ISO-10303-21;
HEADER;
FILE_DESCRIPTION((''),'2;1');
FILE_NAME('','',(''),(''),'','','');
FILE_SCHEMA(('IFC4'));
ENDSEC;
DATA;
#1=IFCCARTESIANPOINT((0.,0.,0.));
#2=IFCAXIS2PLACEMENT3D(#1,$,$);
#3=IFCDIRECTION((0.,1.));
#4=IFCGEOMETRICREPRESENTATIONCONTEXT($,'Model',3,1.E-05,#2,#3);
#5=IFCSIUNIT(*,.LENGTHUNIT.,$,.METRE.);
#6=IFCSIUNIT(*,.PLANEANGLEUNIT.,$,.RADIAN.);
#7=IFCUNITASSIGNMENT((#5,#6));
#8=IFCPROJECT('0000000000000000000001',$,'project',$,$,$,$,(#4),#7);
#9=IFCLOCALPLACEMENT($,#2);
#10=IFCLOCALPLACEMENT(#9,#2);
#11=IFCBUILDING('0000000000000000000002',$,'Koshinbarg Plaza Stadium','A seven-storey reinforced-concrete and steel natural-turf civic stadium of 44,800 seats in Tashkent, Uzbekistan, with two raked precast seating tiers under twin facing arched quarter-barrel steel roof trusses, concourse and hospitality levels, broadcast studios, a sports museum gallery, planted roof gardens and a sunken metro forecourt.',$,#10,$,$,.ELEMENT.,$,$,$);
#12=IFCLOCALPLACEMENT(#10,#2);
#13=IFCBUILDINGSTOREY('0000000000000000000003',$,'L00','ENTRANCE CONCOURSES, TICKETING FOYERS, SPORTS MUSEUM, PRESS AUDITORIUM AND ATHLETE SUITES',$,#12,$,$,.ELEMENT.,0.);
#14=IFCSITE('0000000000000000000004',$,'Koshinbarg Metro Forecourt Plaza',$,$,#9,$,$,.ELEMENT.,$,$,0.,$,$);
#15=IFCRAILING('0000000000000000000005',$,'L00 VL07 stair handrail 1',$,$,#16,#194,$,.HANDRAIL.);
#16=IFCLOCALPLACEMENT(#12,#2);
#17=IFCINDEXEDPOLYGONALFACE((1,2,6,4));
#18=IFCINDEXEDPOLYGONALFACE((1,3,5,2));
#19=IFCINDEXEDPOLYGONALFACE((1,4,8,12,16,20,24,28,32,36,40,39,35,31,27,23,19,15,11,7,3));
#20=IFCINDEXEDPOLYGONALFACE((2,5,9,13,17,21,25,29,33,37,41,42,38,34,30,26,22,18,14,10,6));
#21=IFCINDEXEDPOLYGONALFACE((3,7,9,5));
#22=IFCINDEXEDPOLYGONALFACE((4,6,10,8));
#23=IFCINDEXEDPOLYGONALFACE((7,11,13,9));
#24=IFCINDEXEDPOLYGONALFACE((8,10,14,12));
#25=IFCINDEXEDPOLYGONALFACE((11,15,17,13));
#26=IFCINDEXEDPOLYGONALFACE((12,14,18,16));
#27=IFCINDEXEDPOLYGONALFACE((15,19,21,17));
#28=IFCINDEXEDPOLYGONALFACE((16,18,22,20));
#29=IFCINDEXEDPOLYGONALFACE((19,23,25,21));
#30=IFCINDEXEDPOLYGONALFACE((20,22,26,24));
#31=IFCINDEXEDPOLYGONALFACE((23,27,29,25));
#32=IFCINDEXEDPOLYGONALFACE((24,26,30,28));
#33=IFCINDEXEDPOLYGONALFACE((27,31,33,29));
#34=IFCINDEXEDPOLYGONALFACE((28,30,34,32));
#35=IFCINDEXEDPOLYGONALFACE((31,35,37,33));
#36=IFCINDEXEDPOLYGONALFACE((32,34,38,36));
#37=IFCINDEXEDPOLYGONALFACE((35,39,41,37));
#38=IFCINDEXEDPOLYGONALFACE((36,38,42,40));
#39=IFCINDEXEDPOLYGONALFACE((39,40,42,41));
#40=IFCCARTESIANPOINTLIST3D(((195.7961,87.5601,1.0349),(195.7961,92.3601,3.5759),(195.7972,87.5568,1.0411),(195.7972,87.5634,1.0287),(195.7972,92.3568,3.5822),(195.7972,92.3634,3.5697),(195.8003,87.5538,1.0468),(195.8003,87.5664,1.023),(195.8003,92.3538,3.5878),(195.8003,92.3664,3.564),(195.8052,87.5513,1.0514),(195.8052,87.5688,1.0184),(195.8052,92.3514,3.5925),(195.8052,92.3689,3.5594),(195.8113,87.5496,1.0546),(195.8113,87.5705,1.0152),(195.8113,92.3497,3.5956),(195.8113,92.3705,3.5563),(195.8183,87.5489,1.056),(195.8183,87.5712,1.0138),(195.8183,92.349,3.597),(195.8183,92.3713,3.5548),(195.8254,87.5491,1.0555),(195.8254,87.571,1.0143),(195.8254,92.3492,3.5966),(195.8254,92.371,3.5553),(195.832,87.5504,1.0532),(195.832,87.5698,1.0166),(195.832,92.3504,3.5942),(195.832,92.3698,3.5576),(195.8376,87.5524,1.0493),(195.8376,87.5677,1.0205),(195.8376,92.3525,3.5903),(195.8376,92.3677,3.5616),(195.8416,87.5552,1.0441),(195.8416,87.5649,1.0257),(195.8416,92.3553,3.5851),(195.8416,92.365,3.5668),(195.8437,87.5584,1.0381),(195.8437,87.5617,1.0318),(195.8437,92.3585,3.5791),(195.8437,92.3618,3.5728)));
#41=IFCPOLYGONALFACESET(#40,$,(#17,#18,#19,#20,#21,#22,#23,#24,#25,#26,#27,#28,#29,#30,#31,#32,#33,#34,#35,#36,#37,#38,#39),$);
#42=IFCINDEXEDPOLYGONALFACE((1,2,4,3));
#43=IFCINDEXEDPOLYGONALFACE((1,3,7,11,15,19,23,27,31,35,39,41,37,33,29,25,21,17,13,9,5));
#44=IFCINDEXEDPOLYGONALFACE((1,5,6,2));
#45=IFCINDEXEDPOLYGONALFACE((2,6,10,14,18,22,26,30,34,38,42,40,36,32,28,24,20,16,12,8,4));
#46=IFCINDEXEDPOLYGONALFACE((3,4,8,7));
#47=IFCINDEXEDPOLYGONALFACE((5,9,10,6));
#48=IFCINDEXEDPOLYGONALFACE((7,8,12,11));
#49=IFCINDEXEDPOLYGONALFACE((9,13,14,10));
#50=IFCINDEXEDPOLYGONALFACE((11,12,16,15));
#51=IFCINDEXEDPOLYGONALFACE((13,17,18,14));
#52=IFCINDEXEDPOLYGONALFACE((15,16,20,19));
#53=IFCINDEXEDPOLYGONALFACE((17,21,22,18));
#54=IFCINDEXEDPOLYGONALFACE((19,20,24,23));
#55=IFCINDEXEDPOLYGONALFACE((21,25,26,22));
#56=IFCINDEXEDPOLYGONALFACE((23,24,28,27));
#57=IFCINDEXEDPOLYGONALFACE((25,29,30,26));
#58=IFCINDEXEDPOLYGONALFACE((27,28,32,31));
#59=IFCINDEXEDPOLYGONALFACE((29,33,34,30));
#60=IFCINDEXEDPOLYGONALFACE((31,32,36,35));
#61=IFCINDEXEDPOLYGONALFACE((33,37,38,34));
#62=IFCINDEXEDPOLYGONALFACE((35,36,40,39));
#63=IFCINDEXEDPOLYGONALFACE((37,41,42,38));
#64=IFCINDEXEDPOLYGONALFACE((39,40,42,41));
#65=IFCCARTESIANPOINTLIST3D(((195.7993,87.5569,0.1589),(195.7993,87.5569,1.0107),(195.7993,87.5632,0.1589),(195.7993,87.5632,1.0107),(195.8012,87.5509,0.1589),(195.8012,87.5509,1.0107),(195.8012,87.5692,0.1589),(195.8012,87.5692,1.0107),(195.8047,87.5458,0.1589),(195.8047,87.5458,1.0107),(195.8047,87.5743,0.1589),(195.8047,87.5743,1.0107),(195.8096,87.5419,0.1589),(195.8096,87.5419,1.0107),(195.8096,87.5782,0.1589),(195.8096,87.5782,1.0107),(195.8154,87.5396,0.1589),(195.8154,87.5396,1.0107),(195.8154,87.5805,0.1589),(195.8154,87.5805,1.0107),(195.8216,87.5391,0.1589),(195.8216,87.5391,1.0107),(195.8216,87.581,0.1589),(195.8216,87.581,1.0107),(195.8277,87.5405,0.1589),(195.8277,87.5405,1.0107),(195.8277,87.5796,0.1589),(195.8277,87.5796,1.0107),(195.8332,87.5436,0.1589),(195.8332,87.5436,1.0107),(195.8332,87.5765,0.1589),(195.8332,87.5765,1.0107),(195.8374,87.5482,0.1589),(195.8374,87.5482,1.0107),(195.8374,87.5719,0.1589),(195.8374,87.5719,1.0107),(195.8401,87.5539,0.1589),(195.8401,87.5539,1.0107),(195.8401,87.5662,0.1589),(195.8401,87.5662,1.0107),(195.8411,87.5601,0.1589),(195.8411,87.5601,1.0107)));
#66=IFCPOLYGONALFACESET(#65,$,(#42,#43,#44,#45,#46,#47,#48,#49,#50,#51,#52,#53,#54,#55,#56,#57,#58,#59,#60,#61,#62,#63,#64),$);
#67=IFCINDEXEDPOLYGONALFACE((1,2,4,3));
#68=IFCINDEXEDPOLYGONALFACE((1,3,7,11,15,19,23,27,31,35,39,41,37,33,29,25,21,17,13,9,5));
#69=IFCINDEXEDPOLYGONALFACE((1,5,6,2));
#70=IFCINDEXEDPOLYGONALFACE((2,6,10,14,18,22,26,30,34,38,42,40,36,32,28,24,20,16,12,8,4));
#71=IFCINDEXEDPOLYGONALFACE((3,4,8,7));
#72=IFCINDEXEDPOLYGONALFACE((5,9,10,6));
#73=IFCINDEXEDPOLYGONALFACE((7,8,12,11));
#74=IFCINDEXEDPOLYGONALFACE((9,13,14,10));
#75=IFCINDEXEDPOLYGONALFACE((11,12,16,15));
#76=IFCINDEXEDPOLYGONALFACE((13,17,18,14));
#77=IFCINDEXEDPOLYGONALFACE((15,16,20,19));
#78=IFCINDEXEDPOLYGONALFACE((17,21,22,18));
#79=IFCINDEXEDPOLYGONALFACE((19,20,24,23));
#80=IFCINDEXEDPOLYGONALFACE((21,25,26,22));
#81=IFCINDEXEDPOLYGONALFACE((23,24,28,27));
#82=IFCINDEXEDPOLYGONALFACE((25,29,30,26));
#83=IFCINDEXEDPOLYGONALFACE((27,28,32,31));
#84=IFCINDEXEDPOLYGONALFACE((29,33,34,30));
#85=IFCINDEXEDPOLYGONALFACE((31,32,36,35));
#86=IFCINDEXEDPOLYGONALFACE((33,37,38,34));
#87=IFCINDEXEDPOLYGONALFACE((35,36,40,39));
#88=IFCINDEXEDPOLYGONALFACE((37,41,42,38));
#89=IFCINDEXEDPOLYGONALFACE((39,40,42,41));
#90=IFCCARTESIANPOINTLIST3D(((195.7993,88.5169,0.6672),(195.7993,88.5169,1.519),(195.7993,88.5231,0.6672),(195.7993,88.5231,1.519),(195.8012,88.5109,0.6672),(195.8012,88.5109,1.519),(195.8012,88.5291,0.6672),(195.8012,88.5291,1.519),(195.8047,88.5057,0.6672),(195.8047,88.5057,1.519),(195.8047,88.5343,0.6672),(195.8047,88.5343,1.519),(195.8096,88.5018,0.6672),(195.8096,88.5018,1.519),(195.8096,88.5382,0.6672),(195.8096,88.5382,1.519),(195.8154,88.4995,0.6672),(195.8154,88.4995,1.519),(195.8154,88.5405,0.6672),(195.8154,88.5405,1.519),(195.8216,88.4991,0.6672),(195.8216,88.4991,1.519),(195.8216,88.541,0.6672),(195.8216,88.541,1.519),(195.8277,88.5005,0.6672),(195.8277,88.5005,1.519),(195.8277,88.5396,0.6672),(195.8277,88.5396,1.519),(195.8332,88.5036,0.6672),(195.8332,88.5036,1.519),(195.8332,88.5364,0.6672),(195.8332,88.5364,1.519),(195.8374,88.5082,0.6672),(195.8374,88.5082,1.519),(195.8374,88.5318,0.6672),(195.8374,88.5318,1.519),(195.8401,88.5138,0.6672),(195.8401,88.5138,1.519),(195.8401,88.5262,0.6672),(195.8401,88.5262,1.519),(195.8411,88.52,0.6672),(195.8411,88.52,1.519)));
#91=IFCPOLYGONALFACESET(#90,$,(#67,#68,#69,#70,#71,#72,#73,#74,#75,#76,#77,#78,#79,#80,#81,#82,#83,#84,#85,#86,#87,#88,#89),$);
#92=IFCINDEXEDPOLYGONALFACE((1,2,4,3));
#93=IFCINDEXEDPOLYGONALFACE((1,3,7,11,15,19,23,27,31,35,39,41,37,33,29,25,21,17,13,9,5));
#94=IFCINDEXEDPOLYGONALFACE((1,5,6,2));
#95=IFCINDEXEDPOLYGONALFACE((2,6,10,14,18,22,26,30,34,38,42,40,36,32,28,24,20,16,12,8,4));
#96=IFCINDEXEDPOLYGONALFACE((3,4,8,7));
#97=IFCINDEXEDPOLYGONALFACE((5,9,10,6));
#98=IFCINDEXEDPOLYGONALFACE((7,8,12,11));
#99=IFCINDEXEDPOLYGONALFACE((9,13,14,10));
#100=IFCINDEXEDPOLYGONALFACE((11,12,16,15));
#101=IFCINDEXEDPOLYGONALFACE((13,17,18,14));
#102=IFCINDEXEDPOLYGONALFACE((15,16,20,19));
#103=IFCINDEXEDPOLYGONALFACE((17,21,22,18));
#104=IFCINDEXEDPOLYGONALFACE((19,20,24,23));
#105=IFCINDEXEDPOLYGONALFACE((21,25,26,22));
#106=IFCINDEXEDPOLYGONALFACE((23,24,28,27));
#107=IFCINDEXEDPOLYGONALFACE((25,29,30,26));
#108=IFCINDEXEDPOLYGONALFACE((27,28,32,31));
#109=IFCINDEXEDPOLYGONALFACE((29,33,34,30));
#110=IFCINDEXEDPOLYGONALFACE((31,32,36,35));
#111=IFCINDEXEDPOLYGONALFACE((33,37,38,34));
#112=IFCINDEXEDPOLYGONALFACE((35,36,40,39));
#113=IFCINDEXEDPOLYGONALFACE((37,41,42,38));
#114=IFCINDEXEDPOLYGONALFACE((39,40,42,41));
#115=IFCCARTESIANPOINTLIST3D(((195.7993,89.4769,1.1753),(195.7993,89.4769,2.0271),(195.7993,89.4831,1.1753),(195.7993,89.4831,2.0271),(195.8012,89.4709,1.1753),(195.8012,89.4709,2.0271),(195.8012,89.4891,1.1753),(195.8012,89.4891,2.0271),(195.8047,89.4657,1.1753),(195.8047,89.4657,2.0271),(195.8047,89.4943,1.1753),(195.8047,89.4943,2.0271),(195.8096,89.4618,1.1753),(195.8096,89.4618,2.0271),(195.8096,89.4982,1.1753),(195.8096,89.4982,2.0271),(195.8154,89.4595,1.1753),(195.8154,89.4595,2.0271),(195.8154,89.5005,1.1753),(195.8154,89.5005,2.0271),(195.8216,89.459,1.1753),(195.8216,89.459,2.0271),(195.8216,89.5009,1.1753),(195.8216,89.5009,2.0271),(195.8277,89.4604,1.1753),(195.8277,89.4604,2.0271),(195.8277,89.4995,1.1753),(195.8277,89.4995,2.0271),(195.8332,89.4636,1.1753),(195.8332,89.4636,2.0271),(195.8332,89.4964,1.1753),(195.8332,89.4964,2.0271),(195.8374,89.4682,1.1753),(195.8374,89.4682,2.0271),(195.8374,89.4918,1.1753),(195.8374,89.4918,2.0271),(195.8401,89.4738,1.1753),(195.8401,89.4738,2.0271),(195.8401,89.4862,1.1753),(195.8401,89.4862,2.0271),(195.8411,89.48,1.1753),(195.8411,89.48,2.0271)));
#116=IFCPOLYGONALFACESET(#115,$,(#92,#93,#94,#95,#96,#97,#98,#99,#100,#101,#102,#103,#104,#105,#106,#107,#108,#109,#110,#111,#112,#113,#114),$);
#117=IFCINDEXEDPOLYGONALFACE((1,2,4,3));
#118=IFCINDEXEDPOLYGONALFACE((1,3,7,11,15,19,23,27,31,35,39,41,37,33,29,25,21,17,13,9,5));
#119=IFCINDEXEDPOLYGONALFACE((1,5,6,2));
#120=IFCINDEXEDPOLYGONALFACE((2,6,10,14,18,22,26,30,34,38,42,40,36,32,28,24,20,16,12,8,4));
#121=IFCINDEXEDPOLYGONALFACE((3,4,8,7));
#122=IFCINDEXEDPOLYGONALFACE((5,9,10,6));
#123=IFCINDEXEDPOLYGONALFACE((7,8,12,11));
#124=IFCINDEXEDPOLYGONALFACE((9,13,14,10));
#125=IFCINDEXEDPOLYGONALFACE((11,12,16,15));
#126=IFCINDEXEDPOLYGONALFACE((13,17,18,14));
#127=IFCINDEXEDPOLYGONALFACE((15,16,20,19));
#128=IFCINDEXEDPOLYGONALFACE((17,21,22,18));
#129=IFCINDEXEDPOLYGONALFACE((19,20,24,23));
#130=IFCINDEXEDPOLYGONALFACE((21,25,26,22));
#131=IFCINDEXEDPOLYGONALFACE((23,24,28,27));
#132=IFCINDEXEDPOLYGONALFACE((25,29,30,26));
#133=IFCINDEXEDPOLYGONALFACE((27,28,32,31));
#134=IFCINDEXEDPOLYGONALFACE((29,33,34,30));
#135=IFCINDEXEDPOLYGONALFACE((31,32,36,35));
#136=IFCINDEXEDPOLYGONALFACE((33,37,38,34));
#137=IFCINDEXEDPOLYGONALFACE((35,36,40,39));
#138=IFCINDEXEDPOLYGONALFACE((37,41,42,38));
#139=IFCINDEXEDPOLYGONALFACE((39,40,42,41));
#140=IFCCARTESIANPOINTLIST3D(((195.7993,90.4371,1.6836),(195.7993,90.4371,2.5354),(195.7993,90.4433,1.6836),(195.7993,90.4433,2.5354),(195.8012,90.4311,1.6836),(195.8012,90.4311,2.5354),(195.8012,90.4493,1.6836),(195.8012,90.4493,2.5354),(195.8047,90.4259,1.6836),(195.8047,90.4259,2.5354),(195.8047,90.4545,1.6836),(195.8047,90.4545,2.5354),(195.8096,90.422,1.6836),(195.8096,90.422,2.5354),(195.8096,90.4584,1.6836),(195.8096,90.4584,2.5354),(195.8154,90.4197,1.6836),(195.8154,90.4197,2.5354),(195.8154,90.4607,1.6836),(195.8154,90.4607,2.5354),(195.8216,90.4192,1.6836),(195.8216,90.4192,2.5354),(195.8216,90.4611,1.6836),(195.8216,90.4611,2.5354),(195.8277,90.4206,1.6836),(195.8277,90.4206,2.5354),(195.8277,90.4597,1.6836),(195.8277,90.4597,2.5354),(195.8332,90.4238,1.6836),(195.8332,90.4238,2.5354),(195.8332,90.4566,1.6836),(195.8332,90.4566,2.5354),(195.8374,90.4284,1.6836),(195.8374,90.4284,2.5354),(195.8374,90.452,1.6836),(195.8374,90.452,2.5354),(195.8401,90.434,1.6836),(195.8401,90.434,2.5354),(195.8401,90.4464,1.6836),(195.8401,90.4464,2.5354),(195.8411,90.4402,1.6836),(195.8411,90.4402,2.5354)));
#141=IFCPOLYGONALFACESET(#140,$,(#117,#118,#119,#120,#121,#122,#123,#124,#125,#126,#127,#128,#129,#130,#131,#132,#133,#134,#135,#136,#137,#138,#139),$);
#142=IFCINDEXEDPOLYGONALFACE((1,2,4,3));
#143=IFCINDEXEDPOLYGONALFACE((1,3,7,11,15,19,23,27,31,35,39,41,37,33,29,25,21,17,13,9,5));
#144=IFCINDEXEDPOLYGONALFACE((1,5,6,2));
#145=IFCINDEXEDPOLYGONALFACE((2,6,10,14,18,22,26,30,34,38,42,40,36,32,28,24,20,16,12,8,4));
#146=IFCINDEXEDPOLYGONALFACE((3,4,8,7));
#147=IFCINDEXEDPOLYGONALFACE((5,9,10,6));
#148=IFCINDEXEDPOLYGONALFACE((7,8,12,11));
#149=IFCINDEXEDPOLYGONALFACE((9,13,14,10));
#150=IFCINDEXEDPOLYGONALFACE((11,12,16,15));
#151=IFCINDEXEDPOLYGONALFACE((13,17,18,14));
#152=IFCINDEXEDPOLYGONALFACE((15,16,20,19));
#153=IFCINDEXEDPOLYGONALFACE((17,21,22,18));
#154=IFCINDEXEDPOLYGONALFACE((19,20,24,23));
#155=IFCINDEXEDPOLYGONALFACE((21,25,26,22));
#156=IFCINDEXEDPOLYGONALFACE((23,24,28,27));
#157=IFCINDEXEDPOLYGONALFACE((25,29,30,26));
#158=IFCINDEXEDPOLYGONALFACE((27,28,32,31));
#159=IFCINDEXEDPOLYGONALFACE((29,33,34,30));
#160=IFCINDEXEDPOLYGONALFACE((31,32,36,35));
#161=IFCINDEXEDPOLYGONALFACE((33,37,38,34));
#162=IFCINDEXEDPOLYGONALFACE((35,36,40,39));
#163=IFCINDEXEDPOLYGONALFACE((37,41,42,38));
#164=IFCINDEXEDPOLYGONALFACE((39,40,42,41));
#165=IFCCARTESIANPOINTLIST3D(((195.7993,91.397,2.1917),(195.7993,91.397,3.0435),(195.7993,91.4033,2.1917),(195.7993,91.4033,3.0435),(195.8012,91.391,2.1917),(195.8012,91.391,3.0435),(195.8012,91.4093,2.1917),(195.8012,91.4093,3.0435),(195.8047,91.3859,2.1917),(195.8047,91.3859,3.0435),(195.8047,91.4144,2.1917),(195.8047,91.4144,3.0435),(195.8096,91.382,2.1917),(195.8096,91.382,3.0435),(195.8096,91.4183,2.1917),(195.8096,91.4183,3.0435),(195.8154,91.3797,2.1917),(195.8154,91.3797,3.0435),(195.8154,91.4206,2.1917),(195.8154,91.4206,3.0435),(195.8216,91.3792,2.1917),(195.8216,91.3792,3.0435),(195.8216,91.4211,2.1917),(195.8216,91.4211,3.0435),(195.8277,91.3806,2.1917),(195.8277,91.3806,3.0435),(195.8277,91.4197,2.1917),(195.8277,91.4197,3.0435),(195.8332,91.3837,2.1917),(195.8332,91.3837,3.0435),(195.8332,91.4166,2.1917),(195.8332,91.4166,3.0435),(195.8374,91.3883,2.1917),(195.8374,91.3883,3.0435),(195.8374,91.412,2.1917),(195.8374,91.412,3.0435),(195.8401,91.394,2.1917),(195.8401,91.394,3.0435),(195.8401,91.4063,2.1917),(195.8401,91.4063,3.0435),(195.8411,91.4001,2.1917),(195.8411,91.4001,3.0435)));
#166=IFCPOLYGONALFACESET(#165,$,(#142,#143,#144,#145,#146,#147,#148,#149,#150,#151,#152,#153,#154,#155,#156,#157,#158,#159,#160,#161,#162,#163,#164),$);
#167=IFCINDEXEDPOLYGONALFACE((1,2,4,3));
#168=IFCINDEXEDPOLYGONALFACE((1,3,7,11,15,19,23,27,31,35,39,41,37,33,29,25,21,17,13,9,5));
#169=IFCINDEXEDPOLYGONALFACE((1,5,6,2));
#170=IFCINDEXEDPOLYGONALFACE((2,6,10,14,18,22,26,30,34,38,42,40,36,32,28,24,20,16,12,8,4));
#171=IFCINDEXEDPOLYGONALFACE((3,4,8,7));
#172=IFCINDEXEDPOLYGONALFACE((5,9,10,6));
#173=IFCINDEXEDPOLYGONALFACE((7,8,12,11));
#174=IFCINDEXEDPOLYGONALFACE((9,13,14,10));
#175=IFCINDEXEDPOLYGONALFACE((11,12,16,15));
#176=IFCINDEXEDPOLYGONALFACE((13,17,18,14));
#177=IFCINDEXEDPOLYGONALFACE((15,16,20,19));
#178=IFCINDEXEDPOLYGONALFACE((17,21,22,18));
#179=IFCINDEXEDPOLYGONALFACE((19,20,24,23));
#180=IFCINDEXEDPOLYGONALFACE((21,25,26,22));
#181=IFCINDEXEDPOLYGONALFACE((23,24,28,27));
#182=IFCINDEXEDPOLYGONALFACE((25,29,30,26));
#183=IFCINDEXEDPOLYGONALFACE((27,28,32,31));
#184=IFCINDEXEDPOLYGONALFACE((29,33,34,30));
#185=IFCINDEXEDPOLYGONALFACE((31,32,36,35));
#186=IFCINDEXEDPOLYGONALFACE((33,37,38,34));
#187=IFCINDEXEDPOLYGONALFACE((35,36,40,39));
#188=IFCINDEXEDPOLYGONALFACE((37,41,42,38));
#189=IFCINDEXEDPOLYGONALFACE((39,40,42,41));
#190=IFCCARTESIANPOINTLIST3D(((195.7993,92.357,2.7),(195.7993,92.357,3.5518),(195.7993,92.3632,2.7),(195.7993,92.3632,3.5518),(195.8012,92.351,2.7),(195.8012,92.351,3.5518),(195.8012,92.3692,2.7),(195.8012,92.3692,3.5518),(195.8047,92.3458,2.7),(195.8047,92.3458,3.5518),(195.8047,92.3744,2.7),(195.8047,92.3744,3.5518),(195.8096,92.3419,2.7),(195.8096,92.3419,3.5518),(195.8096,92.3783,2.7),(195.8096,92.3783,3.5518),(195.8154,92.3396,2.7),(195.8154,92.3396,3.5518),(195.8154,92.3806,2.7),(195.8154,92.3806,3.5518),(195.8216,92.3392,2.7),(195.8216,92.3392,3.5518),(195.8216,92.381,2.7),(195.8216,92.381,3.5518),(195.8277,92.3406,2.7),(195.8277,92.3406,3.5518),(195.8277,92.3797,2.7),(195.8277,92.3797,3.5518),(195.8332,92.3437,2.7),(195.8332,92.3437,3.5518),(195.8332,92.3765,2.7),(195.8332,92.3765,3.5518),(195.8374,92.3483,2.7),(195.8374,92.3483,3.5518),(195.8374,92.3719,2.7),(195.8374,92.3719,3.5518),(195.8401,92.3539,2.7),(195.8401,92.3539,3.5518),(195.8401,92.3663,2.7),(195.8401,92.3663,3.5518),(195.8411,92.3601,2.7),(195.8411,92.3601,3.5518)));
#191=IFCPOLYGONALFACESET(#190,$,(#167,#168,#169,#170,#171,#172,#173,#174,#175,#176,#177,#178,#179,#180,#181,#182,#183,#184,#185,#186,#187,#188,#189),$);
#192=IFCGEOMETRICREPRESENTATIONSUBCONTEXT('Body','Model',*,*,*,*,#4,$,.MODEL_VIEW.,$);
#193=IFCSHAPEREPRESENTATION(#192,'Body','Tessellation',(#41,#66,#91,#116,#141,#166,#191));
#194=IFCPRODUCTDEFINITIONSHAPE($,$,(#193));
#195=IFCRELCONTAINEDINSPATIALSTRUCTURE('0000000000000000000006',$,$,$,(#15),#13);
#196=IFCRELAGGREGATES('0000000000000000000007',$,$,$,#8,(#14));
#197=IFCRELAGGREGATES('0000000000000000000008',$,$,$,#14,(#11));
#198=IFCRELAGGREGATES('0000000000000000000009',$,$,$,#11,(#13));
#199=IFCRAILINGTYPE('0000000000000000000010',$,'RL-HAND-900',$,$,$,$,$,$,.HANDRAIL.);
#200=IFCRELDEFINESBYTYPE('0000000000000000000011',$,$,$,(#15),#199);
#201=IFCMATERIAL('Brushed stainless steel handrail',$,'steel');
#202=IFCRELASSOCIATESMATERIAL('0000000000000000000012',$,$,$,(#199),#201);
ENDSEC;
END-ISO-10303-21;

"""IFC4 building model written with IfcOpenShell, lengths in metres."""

from ifc_helpers import new_model, si_unit, direction, frame, origin, origin_2d, place, context, subcontext, project, spatial, circle, extrude, material, type_object, element, save


model = new_model("IFC4")

# Units and contexts
model_context = context("Model", 3, precision=1e-05, world=origin(), true_north=direction((0.0, 1.0)))
body_context = subcontext(model_context, "Body", "Model", "MODEL_VIEW")
ifc_project = project(units=[si_unit("LENGTHUNIT", "METRE"), si_unit("PLANEANGLEUNIT", "RADIAN")], contexts=[model_context])

# Site, building, storey
site_placement = place(None, origin())
site = spatial("IfcSite", under=ifc_project, at=site_placement, Name="Koshinbarg Metro Forecourt Plaza", CompositionType="ELEMENT", RefElevation=0.0)
building_placement = place(site_placement, origin())
building = spatial("IfcBuilding", under=site, at=building_placement, Name="Koshinbarg Plaza Stadium", Description="A seven-storey reinforced-concrete and steel natural-turf civic stadium of 44,800 seats in Tashkent, Uzbekistan, with two raked precast seating tiers under twin facing arched quarter-barrel steel roof trusses, concourse and hospitality levels, broadcast studios, a sports museum gallery, planted roof gardens and a sunken metro forecourt.", CompositionType="ELEMENT")
storey_placement = place(building_placement, origin())
storey = spatial("IfcBuildingStorey", under=building, at=storey_placement, Name="L00", Description="ENTRANCE CONCOURSES, TICKETING FOYERS, SPORTS MUSEUM, PRESS AUDITORIUM AND ATHLETE SUITES", CompositionType="ELEMENT", Elevation=0.0)

# Railing
ifc_material_1 = material(Name="Brushed stainless steel handrail", Category="steel")
railing_type_1 = type_object("IfcRailingType", Name="RL-HAND-900", PredefinedType="HANDRAIL", material=ifc_material_1)
railing_1_placement = place(storey_placement, frame((195.8201, 87.5601, 0.1589)))
element("IfcRailing", 1, at=railing_1_placement, inside=storey, type_object=railing_type_1, Name="L00 VL07 stair handrail 1", PredefinedType="HANDRAIL", context=body_context, shape_type="SweptSolid", body=[
    extrude(circle(Radius=0.0239, at=origin_2d()), frame((0.0, 0.0, 0.876), z_axis=(0.0, 0.883802, 0.467861), x_axis=(-1.0, 0.0, 0.0)), (0.0, 0.0, 1.0), 5.4312),
    extrude(circle(Radius=0.021, at=origin_2d()), origin(), (0.0, 0.0, 1.0), 0.8518),
    extrude(circle(Radius=0.021, at=origin_2d()), frame((0.0, 0.96, 0.5083)), (0.0, 0.0, 1.0), 0.8518),
    extrude(circle(Radius=0.021, at=origin_2d()), frame((0.0, 1.9199, 1.0164)), (0.0, 0.0, 1.0), 0.8518),
    extrude(circle(Radius=0.021, at=origin_2d()), frame((0.0, 2.8801, 1.5247)), (0.0, 0.0, 1.0), 0.8518),
    extrude(circle(Radius=0.021, at=origin_2d()), frame((0.0, 3.8401, 2.0327)), (0.0, 0.0, 1.0), 0.8518),
    extrude(circle(Radius=0.021, at=origin_2d()), frame((0.0, 4.8, 2.541)), (0.0, 0.0, 1.0), 0.8518),
])

save(model, "model.ifc")
